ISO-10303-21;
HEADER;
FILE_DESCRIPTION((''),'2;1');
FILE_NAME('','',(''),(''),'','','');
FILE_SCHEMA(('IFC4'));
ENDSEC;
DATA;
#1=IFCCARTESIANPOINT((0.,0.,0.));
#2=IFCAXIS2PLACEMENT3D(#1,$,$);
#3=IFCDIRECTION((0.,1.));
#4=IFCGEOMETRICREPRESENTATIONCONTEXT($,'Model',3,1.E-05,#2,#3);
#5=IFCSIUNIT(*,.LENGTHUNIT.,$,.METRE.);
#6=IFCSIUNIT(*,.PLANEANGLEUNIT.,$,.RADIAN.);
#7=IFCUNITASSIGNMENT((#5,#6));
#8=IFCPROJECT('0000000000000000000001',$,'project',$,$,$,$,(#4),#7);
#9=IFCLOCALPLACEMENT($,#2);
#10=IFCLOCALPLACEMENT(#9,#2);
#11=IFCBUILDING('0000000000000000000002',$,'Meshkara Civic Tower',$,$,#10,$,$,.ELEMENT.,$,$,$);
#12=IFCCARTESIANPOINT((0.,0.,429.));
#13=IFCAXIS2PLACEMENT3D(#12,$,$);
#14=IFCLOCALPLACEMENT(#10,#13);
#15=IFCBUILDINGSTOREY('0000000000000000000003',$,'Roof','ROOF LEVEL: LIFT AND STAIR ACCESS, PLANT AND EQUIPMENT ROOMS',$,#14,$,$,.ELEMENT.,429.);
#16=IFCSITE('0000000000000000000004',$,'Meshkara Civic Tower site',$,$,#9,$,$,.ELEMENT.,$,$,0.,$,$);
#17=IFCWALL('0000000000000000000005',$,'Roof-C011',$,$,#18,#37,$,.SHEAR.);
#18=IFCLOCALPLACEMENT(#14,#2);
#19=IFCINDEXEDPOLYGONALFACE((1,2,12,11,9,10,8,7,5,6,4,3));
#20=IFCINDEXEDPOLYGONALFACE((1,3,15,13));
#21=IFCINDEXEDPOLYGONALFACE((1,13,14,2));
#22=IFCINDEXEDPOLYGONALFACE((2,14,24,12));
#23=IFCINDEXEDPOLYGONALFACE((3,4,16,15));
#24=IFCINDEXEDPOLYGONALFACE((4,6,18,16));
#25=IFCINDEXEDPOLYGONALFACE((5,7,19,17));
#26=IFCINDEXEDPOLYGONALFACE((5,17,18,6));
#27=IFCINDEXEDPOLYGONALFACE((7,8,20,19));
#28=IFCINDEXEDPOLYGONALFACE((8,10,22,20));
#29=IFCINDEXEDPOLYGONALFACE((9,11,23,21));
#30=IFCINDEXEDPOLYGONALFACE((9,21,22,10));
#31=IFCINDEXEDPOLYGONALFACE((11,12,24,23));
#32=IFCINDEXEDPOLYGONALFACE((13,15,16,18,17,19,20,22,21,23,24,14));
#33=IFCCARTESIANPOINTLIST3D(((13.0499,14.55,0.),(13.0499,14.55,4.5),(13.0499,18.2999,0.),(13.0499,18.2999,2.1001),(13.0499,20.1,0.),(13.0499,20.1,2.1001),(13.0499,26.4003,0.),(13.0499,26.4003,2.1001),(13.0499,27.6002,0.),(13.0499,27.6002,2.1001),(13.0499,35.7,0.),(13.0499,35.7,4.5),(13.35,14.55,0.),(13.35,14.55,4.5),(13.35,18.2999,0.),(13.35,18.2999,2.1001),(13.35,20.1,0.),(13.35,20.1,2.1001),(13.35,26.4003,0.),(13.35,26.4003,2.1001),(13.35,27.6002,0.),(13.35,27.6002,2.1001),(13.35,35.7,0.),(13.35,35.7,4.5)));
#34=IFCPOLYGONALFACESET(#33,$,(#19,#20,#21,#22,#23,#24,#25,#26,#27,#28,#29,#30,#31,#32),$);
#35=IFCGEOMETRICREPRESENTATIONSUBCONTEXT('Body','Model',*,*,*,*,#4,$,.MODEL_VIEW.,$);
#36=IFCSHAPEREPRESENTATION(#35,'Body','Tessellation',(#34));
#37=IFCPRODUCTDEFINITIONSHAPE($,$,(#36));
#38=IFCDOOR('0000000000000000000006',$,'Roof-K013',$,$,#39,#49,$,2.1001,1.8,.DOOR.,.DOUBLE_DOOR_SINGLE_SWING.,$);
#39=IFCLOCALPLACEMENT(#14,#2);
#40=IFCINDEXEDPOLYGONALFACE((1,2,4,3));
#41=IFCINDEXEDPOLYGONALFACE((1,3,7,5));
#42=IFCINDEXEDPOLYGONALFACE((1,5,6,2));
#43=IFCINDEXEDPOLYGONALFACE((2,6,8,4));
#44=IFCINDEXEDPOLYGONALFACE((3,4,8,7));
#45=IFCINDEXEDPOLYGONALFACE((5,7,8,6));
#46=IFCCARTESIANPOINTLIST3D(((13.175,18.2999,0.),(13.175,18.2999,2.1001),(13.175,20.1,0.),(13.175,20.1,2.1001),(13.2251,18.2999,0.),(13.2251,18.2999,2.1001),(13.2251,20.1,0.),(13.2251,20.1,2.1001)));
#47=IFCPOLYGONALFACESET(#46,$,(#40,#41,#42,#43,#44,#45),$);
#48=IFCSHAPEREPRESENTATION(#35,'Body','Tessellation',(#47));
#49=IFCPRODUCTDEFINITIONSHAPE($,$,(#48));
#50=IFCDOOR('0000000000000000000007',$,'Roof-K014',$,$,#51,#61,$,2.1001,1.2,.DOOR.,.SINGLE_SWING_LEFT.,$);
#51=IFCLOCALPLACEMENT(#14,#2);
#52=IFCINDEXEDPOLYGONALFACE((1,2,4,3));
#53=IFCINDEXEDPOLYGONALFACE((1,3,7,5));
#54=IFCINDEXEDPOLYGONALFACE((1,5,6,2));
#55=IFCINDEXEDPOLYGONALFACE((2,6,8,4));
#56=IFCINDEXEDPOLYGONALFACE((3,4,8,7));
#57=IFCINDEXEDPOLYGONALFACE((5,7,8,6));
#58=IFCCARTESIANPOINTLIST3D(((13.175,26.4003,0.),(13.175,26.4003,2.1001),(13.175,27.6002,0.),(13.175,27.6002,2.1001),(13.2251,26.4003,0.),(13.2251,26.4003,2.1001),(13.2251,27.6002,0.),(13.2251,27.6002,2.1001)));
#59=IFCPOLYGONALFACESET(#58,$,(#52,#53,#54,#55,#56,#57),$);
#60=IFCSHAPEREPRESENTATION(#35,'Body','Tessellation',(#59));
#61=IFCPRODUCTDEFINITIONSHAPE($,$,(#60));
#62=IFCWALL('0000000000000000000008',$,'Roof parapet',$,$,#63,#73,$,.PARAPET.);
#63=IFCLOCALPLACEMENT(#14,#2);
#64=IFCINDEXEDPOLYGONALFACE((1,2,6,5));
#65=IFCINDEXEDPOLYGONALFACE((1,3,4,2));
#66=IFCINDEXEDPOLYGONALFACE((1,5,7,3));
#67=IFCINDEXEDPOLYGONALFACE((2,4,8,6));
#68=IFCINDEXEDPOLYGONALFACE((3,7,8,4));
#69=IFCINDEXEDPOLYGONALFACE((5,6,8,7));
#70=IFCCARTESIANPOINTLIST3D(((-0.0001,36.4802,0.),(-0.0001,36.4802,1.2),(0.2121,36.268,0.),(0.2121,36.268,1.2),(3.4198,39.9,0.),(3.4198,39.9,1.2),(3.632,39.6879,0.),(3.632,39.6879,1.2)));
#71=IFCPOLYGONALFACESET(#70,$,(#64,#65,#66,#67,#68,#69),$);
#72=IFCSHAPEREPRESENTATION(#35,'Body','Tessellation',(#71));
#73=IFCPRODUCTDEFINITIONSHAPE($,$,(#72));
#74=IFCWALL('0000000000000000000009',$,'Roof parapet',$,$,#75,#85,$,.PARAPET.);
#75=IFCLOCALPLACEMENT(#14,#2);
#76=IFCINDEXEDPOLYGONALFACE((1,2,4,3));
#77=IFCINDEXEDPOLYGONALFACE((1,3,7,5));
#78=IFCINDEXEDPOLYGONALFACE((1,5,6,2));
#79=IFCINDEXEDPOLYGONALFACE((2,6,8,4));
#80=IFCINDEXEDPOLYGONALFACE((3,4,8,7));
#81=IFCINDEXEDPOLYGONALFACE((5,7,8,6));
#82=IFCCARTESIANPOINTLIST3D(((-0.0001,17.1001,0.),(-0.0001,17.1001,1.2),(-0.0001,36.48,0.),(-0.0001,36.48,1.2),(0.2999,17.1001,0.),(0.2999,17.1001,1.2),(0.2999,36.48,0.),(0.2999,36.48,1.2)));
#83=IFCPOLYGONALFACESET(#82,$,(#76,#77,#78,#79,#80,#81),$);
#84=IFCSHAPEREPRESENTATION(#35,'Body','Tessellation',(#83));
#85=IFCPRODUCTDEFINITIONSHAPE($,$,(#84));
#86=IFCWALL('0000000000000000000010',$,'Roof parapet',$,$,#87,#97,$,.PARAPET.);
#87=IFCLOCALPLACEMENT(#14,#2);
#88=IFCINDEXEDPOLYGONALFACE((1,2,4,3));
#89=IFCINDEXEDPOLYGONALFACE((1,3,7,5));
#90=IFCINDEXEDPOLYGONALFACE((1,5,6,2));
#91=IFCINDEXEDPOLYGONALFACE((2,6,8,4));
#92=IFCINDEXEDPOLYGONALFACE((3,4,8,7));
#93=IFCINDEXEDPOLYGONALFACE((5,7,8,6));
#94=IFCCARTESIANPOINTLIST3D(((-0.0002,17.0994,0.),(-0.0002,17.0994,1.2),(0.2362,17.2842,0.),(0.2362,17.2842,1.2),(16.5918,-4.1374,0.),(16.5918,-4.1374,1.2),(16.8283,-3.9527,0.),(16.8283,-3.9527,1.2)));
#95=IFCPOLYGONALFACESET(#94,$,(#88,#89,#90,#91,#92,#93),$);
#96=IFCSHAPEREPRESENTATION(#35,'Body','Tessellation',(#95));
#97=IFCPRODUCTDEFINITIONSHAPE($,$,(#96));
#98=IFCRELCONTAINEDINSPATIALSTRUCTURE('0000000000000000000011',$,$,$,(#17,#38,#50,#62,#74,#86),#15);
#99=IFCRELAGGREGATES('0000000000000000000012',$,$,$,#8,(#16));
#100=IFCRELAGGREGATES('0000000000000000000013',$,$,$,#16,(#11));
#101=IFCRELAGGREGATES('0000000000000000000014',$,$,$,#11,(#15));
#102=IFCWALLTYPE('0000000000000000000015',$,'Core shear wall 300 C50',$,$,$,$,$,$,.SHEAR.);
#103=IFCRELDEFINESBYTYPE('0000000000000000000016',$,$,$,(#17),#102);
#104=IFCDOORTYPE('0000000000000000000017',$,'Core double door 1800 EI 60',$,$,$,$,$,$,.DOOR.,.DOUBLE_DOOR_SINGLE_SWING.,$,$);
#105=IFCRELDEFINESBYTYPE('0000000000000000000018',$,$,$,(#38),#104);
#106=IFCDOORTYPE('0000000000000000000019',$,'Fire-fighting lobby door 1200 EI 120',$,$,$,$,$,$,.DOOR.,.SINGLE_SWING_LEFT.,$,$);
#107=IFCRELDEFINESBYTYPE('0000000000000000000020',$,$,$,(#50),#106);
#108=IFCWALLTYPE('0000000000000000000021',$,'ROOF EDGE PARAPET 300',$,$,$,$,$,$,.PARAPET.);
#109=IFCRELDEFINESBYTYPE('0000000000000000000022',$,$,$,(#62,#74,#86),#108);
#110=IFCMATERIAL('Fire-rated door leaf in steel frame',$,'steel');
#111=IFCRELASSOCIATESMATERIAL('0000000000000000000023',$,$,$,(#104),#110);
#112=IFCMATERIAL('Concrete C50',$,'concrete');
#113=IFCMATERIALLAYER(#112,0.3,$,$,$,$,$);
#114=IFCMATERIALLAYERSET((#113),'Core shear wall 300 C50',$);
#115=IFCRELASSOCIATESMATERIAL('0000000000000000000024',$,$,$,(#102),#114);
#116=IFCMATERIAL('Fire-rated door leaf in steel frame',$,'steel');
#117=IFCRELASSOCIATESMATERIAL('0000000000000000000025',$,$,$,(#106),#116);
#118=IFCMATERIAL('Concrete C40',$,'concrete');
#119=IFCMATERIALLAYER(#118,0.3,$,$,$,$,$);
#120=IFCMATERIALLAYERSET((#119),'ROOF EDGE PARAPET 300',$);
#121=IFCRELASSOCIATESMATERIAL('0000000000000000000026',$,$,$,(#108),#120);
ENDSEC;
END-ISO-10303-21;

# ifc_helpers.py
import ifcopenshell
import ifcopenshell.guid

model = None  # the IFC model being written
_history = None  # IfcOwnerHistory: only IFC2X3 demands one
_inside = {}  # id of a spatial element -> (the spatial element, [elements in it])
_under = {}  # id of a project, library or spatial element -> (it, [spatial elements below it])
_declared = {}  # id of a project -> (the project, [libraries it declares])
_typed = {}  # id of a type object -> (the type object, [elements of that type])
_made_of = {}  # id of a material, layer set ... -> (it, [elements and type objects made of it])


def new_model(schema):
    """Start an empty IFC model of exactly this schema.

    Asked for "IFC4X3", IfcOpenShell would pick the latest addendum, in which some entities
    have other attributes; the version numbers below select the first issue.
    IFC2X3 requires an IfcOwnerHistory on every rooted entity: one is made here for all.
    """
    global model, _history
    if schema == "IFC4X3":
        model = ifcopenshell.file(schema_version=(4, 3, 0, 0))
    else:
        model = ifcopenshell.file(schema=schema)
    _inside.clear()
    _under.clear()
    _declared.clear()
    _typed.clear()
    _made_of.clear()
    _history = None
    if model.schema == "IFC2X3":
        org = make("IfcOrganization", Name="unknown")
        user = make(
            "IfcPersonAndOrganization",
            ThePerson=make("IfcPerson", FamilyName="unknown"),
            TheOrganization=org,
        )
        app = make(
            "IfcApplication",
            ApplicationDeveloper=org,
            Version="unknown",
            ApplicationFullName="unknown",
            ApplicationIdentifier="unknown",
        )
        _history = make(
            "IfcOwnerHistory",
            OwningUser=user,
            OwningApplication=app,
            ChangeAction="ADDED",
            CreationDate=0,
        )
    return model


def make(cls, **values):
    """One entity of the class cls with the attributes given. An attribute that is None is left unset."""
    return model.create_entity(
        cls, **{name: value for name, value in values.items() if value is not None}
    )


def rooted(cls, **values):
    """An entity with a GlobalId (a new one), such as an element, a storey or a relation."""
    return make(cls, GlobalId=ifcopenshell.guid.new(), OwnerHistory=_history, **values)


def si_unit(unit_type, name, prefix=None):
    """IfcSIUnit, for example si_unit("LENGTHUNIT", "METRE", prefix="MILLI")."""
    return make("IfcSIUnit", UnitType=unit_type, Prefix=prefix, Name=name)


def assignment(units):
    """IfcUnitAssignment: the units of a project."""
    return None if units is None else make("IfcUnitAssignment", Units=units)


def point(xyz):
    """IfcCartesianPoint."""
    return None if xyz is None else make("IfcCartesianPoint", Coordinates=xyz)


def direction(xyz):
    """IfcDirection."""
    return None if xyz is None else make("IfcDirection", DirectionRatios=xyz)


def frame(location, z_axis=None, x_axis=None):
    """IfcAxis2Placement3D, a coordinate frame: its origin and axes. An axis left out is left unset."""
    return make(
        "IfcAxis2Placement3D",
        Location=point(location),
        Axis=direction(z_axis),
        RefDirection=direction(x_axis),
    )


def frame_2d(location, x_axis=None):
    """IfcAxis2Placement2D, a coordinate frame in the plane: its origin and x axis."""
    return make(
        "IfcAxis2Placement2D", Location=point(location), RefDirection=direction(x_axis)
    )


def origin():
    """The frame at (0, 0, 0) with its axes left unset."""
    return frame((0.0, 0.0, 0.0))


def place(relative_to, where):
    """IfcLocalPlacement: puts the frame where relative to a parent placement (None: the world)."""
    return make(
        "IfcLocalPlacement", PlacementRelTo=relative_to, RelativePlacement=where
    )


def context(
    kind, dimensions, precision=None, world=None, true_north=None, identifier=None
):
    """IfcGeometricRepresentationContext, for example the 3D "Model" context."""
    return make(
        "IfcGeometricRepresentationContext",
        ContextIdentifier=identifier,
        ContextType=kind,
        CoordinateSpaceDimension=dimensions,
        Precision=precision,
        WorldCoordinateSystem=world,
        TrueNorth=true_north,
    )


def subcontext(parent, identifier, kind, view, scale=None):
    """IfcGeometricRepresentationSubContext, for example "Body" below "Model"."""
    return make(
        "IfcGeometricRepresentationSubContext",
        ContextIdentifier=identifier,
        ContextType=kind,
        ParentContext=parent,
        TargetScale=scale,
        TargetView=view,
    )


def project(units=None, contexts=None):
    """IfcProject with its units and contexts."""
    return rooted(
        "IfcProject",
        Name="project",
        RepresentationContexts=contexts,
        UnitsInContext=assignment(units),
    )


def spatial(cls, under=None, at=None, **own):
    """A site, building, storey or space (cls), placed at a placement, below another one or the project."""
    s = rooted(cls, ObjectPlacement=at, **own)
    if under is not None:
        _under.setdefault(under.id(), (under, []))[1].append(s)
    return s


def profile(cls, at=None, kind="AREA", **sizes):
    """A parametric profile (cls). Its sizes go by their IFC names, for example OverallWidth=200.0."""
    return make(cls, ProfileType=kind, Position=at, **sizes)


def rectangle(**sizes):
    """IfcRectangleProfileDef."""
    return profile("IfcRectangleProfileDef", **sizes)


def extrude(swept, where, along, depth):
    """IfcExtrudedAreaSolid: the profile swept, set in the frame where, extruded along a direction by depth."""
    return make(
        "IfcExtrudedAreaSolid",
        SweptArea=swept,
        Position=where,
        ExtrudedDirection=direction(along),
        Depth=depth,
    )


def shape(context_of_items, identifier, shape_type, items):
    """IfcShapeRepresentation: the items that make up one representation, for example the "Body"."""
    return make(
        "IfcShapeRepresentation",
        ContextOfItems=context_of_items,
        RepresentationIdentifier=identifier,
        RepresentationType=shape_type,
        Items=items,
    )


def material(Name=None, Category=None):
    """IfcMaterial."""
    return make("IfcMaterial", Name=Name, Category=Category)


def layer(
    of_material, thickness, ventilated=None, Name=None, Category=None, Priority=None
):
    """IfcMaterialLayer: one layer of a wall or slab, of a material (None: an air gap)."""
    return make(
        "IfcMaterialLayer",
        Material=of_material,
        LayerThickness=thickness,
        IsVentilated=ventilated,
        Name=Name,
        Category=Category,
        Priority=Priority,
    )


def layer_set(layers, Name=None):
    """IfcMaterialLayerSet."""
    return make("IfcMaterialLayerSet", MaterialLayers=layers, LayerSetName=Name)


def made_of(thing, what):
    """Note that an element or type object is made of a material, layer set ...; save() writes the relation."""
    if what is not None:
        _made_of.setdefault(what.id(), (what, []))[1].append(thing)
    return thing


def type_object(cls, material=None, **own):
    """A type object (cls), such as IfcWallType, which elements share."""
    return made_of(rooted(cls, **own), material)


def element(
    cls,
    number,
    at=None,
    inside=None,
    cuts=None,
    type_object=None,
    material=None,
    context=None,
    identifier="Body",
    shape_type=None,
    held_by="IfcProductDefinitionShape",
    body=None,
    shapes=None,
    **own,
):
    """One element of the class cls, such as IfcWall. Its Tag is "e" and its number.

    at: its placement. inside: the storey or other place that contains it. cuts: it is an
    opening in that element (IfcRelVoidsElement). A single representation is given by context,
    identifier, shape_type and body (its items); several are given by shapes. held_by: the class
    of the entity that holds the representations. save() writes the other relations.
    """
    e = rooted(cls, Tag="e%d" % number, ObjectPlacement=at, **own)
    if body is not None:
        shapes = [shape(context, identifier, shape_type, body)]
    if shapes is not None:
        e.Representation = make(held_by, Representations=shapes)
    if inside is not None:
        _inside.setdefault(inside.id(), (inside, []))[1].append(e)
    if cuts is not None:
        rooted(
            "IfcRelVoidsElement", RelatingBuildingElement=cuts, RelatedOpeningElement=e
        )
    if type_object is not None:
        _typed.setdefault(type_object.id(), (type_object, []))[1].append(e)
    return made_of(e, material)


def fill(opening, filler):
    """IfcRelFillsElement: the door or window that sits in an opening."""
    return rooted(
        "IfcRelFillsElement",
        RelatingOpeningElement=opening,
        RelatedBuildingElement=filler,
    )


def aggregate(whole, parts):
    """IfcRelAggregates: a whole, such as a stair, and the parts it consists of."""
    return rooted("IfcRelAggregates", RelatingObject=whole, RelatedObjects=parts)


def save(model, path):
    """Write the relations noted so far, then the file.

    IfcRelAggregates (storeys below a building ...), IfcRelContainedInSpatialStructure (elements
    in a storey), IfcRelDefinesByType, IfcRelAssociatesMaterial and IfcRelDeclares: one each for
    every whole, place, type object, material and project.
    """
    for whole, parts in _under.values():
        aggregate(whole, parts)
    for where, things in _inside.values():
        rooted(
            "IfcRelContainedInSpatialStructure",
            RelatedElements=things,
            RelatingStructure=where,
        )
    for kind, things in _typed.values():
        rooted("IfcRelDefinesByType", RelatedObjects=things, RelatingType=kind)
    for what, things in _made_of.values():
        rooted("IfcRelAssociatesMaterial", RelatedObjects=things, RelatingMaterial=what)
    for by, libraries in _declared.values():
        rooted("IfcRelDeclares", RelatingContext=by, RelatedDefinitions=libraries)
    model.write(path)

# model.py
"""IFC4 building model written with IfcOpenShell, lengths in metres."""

from ifc_helpers import new_model, si_unit, direction, frame, frame_2d, origin, place, context, subcontext, project, spatial, rectangle, extrude, material, layer, layer_set, type_object, element, fill, save


model = new_model("IFC4")

# Units and contexts
model_context = context("Model", 3, precision=1e-05, world=origin(), true_north=direction((0.0, 1.0)))
body_context = subcontext(model_context, "Body", "Model", "MODEL_VIEW")
ifc_project = project(units=[si_unit("LENGTHUNIT", "METRE"), si_unit("PLANEANGLEUNIT", "RADIAN")], contexts=[model_context])

# Site, building, storey
site_placement = place(None, origin())
site = spatial("IfcSite", under=ifc_project, at=site_placement, Name="Meshkara Civic Tower site", CompositionType="ELEMENT", RefElevation=0.0)
building_placement = place(site_placement, origin())
building = spatial("IfcBuilding", under=site, at=building_placement, Name="Meshkara Civic Tower", CompositionType="ELEMENT")
storey_placement = place(building_placement, frame((0.0, 0.0, 429.0)))
storey = spatial("IfcBuildingStorey", under=building, at=storey_placement, Name="Roof", Description="ROOF LEVEL: LIFT AND STAIR ACCESS, PLANT AND EQUIPMENT ROOMS", CompositionType="ELEMENT", Elevation=429.0)

# Shared definitions
ifc_material_1 = material(Name="Fire-rated door leaf in steel frame", Category="steel")
door_type_1 = type_object("IfcDoorType", Name="Core double door 1800 EI 60", OperationType="DOUBLE_DOOR_SINGLE_SWING", PredefinedType="DOOR", material=ifc_material_1)

# Shared definitions
ifc_material_2 = material(Name="Concrete C50", Category="concrete")
ifc_layer_1 = layer(ifc_material_2, 0.3)
ifc_layer_set_1 = layer_set([ifc_layer_1], Name="Core shear wall 300 C50")
wall_type_1 = type_object("IfcWallType", Name="Core shear wall 300 C50", PredefinedType="SHEAR", material=ifc_layer_set_1)

# Wall, openings, doors
wall_1_placement = place(storey_placement, frame((13.2, 14.55, 0.0), z_axis=(0.0, 0.0, 1.0), x_axis=(0.0, 1.0, 0.0)))
wall_1 = element("IfcWall", 1, at=wall_1_placement, inside=storey, type_object=wall_type_1, Name="Roof-C011", PredefinedType="SHEAR", context=body_context, shape_type="SweptSolid", body=[
    extrude(rectangle(XDim=21.1499, YDim=0.3, at=frame_2d((10.575, 0.0))), origin(), (0.0, 0.0, 1.0), 4.5),
])
opening_1_placement = place(wall_1_placement, frame((3.75, 0.0, 0.0)))
opening_1 = element("IfcOpeningElement", 2, at=opening_1_placement, cuts=wall_1, PredefinedType="OPENING", context=body_context, shape_type="SweptSolid", body=[
    extrude(rectangle(XDim=1.8, YDim=2.1001, at=frame_2d((0.8999, 1.05))), frame((0.0, 0.1599, 0.0), z_axis=(0.0, -1.0, 0.0), x_axis=(1.0, 0.0, 0.0)), (0.0, 0.0, 1.0), 0.3201),
])
opening_2_placement = place(wall_1_placement, frame((11.8501, 0.0, 0.0)))
opening_2 = element("IfcOpeningElement", 3, at=opening_2_placement, cuts=wall_1, PredefinedType="OPENING", context=body_context, shape_type="SweptSolid", body=[
    extrude(rectangle(XDim=1.2, YDim=2.1001, at=frame_2d((0.6001, 1.05))), frame((0.0, 0.1599, 0.0), z_axis=(0.0, -1.0, 0.0), x_axis=(1.0, 0.0, 0.0)), (0.0, 0.0, 1.0), 0.3201),
])
door_1_placement = place(opening_1_placement, origin())
door_1 = element("IfcDoor", 4, at=door_1_placement, inside=storey, type_object=door_type_1, Name="Roof-K013", OperationType="DOUBLE_DOOR_SINGLE_SWING", OverallHeight=2.1001, OverallWidth=1.8, PredefinedType="DOOR", context=body_context, shape_type="SweptSolid", body=[
    extrude(rectangle(XDim=1.8, YDim=2.1001, at=frame_2d((0.8999, 1.05))), frame((0.0, 0.0249, 0.0), z_axis=(0.0, -1.0, 0.0), x_axis=(1.0, 0.0, 0.0)), (0.0, 0.0, 1.0), 0.05),
])
fill(opening_1, door_1)
ifc_material_3 = material(Name="Fire-rated door leaf in steel frame", Category="steel")
door_type_2 = type_object("IfcDoorType", Name="Fire-fighting lobby door 1200 EI 120", OperationType="SINGLE_SWING_LEFT", PredefinedType="DOOR", material=ifc_material_3)
door_2_placement = place(opening_2_placement, origin())
door_2 = element("IfcDoor", 5, at=door_2_placement, inside=storey, type_object=door_type_2, Name="Roof-K014", OperationType="SINGLE_SWING_LEFT", OverallHeight=2.1001, OverallWidth=1.2, PredefinedType="DOOR", context=body_context, shape_type="SweptSolid", body=[
    extrude(rectangle(XDim=1.2, YDim=2.1001, at=frame_2d((0.6001, 1.05))), frame((0.0, 0.0249, 0.0), z_axis=(0.0, -1.0, 0.0), x_axis=(1.0, 0.0, 0.0)), (0.0, 0.0, 1.0), 0.05),
])
fill(opening_2, door_2)

# Walls
ifc_material_4 = material(Name="Concrete C40", Category="concrete")
ifc_layer_2 = layer(ifc_material_4, 0.3)
ifc_layer_set_2 = layer_set([ifc_layer_2], Name="ROOF EDGE PARAPET 300")
wall_type_2 = type_object("IfcWallType", Name="ROOF EDGE PARAPET 300", PredefinedType="PARAPET", material=ifc_layer_set_2)
wall_2_placement = place(storey_placement, frame((3.5259, 39.7939, 0.0), z_axis=(0.0, 0.0, 1.0), x_axis=(-0.707107, -0.707107, 0.0)))
element("IfcWall", 6, at=wall_2_placement, inside=storey, type_object=wall_type_2, Name="Roof parapet", PredefinedType="PARAPET", context=body_context, shape_type="SweptSolid", body=[
    extrude(rectangle(XDim=4.8364, YDim=0.3, at=frame_2d((2.4182, 0.0))), origin(), (0.0, 0.0, 1.0), 1.2),
])
wall_3_placement = place(storey_placement, frame((0.1499, 36.48, 0.0), z_axis=(0.0, 0.0, 1.0), x_axis=(0.0, -1.0, 0.0)))
element("IfcWall", 7, at=wall_3_placement, inside=storey, type_object=wall_type_2, Name="Roof parapet", PredefinedType="PARAPET", context=body_context, shape_type="SweptSolid", body=[
    extrude(rectangle(XDim=19.3799, YDim=0.3, at=frame_2d((9.6899, 0.0))), origin(), (0.0, 0.0, 1.0), 1.2),
])
wall_4_placement = place(storey_placement, frame((0.1179, 17.1919, 0.0), z_axis=(0.0, 0.0, 1.0), x_axis=(0.615662, -0.78801, 0.0)))
element("IfcWall", 8, at=wall_4_placement, inside=storey, type_object=wall_type_2, Name="Roof parapet", PredefinedType="PARAPET", context=body_context, shape_type="SweptSolid", body=[
    extrude(rectangle(XDim=26.95, YDim=0.3, at=frame_2d((13.4751, 0.0))), origin(), (0.0, 0.0, 1.0), 1.2),
])

save(model, "model.ifc")
